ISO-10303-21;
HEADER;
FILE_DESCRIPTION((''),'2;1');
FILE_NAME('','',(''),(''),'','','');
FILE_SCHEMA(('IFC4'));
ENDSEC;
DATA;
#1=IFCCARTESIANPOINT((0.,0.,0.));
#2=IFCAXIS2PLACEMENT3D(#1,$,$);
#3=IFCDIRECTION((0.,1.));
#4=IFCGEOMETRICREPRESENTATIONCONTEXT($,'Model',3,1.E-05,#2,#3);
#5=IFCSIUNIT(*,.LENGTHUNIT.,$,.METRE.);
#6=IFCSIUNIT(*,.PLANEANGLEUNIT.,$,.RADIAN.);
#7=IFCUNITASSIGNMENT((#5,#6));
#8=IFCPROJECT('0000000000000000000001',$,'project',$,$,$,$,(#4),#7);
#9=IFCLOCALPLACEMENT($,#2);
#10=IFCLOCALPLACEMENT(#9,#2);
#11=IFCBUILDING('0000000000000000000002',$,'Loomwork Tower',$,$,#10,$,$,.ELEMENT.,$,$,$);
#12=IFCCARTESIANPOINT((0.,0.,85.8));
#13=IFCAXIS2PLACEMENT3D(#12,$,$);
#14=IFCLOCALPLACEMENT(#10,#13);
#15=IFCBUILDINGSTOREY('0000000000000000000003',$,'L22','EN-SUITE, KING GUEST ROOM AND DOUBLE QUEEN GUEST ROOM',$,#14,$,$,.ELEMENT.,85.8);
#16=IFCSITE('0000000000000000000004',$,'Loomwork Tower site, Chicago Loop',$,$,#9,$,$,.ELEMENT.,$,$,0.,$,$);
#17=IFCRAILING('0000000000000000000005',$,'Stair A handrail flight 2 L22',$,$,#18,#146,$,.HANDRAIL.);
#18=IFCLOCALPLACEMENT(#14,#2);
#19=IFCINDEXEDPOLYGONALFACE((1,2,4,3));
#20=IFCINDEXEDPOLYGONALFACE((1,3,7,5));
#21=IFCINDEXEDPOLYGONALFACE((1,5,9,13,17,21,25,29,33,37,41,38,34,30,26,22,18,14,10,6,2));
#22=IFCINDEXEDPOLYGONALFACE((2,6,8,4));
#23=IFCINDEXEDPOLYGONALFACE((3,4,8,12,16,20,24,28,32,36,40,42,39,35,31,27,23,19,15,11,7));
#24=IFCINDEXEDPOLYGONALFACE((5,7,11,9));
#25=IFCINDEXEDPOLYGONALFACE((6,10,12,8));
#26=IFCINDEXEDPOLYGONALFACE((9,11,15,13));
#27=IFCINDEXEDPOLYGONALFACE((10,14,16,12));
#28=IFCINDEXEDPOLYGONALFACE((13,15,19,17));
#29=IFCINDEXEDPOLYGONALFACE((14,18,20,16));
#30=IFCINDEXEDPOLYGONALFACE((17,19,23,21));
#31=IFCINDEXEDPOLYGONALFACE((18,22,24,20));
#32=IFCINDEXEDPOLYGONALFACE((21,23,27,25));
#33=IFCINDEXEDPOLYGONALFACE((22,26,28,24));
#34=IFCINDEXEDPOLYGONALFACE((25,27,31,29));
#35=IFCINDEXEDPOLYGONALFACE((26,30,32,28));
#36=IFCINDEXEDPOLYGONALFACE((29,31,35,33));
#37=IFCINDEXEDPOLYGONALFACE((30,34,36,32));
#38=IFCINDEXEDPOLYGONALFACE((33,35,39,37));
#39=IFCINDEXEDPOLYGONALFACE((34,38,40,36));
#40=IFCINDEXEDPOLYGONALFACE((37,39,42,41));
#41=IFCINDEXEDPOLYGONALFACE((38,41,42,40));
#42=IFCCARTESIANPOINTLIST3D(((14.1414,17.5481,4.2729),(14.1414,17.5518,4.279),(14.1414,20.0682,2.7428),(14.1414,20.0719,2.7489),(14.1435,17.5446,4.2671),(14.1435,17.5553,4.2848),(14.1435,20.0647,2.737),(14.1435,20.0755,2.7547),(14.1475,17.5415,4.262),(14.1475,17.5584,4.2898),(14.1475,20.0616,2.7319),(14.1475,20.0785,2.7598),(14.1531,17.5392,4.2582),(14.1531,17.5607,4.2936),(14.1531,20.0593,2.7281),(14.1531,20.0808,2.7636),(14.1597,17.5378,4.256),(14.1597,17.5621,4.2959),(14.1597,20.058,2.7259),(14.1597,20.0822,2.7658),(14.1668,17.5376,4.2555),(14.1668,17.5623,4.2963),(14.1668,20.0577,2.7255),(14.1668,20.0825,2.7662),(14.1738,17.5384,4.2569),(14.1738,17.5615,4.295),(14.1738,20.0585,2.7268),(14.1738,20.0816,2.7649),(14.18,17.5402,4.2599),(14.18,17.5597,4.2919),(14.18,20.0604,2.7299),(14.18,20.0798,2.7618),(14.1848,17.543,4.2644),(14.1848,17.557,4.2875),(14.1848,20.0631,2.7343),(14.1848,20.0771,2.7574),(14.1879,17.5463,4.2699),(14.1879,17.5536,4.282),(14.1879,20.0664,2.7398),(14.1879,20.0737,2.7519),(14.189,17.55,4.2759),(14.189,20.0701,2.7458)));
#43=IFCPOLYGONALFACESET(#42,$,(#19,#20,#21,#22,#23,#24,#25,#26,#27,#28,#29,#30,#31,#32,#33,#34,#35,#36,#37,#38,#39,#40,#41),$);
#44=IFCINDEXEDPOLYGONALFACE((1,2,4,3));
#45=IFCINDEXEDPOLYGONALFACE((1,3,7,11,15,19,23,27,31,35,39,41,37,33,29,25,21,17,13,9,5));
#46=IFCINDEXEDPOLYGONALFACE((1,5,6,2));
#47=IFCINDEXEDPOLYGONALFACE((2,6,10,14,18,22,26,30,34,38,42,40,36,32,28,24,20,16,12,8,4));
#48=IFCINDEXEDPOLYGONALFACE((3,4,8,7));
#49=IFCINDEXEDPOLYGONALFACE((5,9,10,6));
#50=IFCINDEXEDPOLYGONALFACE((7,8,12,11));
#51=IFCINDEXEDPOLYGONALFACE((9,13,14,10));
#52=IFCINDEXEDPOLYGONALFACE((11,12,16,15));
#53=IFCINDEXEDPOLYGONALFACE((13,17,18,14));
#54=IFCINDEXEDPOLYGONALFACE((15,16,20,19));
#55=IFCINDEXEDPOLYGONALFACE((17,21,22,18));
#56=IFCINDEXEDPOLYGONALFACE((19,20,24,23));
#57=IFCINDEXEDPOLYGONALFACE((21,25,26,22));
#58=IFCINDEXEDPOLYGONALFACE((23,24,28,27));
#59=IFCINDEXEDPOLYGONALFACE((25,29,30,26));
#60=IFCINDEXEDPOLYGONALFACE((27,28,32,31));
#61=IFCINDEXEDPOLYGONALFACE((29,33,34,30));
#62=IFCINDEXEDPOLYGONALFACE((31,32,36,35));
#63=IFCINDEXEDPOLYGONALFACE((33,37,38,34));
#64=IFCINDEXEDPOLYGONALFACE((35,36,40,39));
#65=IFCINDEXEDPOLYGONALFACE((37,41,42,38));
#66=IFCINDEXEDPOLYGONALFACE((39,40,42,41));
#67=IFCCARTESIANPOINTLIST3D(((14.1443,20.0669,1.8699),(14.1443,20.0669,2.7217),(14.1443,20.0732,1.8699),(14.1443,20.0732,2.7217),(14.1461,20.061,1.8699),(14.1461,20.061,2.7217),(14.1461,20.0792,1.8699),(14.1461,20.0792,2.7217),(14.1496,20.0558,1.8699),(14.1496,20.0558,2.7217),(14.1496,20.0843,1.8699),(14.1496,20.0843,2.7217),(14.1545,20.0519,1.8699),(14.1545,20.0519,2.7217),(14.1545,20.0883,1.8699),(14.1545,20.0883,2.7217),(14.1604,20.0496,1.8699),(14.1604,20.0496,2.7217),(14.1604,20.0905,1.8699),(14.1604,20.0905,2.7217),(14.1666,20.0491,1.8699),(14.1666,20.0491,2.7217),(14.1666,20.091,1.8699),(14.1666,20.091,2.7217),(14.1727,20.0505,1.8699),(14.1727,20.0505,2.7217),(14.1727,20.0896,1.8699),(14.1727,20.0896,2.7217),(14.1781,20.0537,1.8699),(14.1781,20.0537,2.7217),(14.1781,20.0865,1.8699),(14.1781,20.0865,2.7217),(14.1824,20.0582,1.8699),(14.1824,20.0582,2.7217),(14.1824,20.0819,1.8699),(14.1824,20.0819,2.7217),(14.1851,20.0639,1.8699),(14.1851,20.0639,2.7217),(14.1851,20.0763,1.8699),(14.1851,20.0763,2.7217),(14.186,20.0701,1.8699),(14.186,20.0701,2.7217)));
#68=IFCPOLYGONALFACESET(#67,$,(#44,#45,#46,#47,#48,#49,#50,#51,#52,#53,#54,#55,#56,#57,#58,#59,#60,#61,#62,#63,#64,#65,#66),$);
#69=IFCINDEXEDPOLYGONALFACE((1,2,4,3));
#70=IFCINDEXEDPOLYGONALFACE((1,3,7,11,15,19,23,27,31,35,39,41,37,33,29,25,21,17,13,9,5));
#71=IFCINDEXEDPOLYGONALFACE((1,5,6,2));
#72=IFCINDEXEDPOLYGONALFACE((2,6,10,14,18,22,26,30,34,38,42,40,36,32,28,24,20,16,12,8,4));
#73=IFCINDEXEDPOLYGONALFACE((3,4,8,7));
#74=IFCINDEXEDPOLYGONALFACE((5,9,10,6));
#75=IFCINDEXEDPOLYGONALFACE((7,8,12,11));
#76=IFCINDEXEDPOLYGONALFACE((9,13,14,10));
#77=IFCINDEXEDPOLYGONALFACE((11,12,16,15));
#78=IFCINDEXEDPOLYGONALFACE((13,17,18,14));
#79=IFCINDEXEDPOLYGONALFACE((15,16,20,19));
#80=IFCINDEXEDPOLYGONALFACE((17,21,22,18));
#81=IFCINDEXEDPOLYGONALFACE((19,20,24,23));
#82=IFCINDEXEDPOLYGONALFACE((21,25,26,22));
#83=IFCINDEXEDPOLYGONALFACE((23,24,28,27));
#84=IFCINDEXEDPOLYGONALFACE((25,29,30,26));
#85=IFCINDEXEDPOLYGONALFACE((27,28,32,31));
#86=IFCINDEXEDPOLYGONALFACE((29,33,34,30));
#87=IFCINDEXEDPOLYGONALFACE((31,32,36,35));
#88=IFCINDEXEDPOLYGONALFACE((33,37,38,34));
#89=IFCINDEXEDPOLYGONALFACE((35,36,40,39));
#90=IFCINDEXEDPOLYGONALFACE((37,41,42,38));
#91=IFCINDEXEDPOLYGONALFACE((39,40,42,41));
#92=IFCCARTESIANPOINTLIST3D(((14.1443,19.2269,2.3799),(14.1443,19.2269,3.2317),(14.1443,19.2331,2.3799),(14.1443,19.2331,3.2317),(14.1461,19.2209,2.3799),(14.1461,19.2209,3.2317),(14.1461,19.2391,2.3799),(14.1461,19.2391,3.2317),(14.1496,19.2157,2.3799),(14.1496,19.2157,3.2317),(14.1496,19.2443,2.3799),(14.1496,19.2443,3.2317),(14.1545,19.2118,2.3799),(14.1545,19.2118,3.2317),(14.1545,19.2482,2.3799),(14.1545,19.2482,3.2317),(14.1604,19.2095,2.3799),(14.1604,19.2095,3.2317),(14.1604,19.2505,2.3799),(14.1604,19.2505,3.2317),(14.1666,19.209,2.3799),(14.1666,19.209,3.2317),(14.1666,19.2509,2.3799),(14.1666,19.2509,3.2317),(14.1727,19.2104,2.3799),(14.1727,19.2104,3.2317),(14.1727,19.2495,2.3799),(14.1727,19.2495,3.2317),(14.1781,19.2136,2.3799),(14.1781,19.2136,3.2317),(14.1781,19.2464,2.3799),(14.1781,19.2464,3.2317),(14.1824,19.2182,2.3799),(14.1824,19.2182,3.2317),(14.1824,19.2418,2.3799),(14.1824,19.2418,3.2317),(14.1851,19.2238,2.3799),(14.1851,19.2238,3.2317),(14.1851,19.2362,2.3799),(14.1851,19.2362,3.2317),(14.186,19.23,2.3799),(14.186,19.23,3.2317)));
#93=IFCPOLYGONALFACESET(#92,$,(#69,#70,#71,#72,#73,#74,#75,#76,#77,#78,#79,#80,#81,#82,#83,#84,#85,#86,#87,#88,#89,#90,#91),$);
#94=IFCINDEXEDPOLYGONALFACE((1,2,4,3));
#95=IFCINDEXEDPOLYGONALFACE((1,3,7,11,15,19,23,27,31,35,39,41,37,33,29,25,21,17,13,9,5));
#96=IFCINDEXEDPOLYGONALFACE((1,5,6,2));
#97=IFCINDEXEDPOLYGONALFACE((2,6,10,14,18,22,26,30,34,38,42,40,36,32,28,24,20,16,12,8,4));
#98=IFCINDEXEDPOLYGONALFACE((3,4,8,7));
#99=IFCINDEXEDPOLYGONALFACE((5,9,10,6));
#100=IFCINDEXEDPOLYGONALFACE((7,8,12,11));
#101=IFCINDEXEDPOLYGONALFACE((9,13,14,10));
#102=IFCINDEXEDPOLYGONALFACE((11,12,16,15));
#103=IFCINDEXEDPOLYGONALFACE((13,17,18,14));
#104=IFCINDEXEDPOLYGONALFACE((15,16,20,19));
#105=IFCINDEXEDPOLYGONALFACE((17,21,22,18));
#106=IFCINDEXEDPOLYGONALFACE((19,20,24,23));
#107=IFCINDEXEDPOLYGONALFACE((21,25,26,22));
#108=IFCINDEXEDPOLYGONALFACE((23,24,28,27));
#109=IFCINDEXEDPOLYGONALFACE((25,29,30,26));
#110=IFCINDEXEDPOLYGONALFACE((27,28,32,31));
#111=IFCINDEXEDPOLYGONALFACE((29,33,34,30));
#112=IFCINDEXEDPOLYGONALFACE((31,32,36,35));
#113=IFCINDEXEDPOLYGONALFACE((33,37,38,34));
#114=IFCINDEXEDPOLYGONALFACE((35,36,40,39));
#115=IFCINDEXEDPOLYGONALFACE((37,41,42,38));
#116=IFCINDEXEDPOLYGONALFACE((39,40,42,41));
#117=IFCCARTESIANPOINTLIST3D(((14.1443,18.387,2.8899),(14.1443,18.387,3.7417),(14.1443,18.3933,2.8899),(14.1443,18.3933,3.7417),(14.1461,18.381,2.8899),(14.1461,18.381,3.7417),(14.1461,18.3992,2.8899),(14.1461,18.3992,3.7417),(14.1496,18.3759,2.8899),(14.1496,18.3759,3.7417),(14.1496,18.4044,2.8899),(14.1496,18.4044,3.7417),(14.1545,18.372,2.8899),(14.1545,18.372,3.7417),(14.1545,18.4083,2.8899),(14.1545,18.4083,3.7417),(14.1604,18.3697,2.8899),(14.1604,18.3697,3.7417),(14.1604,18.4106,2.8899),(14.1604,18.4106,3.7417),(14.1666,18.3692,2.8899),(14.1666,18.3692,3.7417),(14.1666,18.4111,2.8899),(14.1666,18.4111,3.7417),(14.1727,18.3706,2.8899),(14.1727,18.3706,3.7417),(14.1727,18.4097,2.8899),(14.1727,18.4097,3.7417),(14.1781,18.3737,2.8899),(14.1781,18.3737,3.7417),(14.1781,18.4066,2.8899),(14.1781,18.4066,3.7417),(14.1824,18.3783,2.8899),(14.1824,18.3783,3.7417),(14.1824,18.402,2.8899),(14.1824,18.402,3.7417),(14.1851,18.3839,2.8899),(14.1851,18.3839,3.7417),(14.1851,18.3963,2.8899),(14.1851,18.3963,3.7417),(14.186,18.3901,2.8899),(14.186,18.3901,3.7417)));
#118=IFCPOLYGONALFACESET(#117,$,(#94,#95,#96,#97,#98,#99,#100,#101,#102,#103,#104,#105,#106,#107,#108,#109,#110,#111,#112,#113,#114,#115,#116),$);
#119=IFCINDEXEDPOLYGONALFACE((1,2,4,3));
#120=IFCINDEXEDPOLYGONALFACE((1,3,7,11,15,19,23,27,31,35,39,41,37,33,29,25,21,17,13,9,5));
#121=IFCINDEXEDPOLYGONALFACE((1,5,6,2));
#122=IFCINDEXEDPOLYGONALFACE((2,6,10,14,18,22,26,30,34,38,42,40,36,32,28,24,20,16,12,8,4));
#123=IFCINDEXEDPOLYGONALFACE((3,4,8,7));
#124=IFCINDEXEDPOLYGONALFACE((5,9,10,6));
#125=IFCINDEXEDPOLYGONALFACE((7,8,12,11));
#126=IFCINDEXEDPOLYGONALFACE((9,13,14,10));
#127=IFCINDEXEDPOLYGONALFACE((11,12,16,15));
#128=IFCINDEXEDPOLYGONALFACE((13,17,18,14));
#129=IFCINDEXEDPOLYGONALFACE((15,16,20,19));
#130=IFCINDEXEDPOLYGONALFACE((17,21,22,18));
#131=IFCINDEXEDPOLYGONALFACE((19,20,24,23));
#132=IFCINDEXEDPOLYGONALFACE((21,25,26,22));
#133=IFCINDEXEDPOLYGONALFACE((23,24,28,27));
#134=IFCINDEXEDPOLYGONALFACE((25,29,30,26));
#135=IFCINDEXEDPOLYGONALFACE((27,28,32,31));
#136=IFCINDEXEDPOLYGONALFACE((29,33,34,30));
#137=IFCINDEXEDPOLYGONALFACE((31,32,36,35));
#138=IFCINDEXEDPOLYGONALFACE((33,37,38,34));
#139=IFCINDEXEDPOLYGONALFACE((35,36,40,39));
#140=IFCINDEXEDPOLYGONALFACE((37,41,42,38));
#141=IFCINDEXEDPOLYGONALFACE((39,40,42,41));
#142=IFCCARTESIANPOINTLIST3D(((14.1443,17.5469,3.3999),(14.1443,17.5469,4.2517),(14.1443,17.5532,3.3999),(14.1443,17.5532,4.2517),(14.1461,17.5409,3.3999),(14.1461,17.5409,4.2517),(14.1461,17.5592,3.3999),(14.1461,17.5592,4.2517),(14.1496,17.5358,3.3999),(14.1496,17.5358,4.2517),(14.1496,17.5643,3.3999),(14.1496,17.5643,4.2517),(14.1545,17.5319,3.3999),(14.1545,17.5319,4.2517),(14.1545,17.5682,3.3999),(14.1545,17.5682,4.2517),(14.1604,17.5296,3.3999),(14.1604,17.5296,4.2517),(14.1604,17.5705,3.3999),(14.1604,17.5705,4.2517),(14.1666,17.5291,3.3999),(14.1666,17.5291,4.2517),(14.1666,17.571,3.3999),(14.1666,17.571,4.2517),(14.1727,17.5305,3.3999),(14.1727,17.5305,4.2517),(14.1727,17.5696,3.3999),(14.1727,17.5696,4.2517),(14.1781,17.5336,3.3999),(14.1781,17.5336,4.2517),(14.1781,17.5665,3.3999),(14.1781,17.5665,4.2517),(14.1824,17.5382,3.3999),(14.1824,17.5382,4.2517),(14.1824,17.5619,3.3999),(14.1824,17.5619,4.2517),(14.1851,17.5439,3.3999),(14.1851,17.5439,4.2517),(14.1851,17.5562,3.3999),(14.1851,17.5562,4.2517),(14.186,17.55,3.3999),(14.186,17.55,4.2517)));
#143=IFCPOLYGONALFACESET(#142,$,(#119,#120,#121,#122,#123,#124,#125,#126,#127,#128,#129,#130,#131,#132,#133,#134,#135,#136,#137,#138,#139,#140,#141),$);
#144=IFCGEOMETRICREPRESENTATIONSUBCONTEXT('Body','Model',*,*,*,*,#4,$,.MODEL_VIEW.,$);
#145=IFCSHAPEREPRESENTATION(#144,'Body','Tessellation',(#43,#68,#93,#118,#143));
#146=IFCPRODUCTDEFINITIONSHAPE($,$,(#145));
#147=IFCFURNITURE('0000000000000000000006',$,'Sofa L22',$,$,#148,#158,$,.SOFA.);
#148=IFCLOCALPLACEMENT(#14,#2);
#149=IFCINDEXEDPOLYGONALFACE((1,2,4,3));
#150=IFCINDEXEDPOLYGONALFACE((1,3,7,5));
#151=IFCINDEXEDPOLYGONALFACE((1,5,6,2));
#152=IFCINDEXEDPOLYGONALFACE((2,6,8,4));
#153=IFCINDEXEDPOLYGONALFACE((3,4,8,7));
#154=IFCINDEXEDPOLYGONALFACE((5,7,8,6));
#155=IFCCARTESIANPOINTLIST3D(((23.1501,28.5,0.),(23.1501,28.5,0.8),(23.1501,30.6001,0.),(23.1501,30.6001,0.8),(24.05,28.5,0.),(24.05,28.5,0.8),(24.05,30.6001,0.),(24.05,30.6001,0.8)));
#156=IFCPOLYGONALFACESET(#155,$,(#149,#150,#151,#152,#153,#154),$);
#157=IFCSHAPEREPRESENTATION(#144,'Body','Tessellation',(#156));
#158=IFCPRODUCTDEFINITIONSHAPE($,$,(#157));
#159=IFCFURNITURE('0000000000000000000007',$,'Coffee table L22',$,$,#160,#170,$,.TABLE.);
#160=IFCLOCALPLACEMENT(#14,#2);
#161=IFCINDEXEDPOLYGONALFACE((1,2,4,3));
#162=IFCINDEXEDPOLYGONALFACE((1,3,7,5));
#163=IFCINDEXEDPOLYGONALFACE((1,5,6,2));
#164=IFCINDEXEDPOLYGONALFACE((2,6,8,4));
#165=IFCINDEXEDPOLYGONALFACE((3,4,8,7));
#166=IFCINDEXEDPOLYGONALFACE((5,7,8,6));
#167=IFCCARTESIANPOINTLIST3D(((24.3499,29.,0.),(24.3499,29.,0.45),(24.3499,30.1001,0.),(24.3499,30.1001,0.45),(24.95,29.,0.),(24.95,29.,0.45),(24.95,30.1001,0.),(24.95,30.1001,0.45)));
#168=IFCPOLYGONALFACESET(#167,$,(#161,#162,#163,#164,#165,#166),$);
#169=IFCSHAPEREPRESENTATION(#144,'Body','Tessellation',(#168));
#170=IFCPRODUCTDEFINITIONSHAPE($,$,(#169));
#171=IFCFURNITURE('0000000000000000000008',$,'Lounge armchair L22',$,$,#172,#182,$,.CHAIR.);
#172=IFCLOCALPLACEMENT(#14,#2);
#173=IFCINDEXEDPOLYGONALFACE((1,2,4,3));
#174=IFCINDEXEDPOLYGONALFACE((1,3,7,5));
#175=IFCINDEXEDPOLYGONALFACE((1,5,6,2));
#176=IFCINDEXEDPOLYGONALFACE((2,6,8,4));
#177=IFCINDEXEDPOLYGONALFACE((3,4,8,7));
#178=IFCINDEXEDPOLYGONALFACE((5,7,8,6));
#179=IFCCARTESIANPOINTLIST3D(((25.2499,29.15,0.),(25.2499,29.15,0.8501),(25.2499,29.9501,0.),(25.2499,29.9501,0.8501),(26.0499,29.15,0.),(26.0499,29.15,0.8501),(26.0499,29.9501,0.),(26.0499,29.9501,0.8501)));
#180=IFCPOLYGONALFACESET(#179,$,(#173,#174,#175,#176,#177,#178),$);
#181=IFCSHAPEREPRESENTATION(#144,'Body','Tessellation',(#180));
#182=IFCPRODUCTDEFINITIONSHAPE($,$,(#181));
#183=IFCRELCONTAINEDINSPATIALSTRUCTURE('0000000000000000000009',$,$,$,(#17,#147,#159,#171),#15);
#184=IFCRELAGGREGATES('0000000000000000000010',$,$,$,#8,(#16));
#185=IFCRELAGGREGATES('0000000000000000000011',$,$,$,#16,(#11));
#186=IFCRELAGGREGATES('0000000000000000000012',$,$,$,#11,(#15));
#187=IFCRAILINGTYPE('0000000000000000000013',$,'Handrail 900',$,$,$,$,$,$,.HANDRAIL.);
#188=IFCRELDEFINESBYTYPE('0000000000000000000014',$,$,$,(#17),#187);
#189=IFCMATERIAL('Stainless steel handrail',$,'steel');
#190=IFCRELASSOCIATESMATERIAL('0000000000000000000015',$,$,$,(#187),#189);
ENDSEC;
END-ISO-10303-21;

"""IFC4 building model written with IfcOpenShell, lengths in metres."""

from ifc_helpers import new_model, si_unit, direction, frame, origin, origin_2d, place, context, subcontext, project, spatial, rectangle, circle, extrude, material, type_object, element, save


model = new_model("IFC4")

# Units and contexts
model_context = context("Model", 3, precision=1e-05, world=origin(), true_north=direction((0.0, 1.0)))
body_context = subcontext(model_context, "Body", "Model", "MODEL_VIEW")
ifc_project = project(units=[si_unit("LENGTHUNIT", "METRE"), si_unit("PLANEANGLEUNIT", "RADIAN")], contexts=[model_context])

# Site, building, storey
site_placement = place(None, origin())
site = spatial("IfcSite", under=ifc_project, at=site_placement, Name="Loomwork Tower site, Chicago Loop", CompositionType="ELEMENT", RefElevation=0.0)
building_placement = place(site_placement, origin())
building = spatial("IfcBuilding", under=site, at=building_placement, Name="Loomwork Tower", CompositionType="ELEMENT")
storey_placement = place(building_placement, frame((0.0, 0.0, 85.8)))
storey = spatial("IfcBuildingStorey", under=building, at=storey_placement, Name="L22", Description="EN-SUITE, KING GUEST ROOM AND DOUBLE QUEEN GUEST ROOM", CompositionType="ELEMENT", Elevation=85.8)

# Railing
ifc_material_1 = material(Name="Stainless steel handrail", Category="steel")
railing_type = type_object("IfcRailingType", Name="Handrail 900", PredefinedType="HANDRAIL", material=ifc_material_1)
railing_placement = place(storey_placement, frame((14.165, 20.0701, 1.8699)))
element("IfcRailing", 1, at=railing_placement, inside=storey, type_object=railing_type, Name="Stair A handrail flight 2 L22", PredefinedType="HANDRAIL", context=body_context, shape_type="SweptSolid", body=[
    extrude(circle(Radius=0.0239, at=origin_2d()), frame((0.0, 0.0, 0.876), z_axis=(0.0, -0.854785, 0.518982), x_axis=(1.0, 0.0, 0.0)), (0.0, 0.0, 1.0), 2.9482),
    extrude(circle(Radius=0.021, at=origin_2d()), origin(), (0.0, 0.0, 1.0), 0.8518),
    extrude(circle(Radius=0.021, at=origin_2d()), frame((0.0, -0.8401, 0.51)), (0.0, 0.0, 1.0), 0.8518),
    extrude(circle(Radius=0.021, at=origin_2d()), frame((0.0, -1.6799, 1.02)), (0.0, 0.0, 1.0), 0.8518),
    extrude(circle(Radius=0.021, at=origin_2d()), frame((0.0, -2.52, 1.53)), (0.0, 0.0, 1.0), 0.8518),
])

# Furniture
furniture_1_placement = place(storey_placement, frame((23.6001, 29.55, 0.0), z_axis=(0.0, 0.0, 1.0), x_axis=(1.0, 0.0, 0.0)))
element("IfcFurniture", 2, at=furniture_1_placement, inside=storey, Name="Sofa L22", PredefinedType="SOFA", context=body_context, shape_type="SweptSolid", body=[
    extrude(rectangle(XDim=0.8999, YDim=2.1001, at=origin_2d()), origin(), (0.0, 0.0, 1.0), 0.8),
])
furniture_2_placement = place(storey_placement, frame((24.6499, 29.55, 0.0), z_axis=(0.0, 0.0, 1.0), x_axis=(1.0, 0.0, 0.0)))
element("IfcFurniture", 3, at=furniture_2_placement, inside=storey, Name="Coffee table L22", PredefinedType="TABLE", context=body_context, shape_type="SweptSolid", body=[
    extrude(rectangle(XDim=0.6001, YDim=1.1001, at=origin_2d()), origin(), (0.0, 0.0, 1.0), 0.45),
])
furniture_3_placement = place(storey_placement, frame((25.6499, 29.55, 0.0), z_axis=(0.0, 0.0, 1.0), x_axis=(1.0, 0.0, 0.0)))
element("IfcFurniture", 4, at=furniture_3_placement, inside=storey, Name="Lounge armchair L22", PredefinedType="CHAIR", context=body_context, shape_type="SweptSolid", body=[
    extrude(rectangle(XDim=0.8, YDim=0.8, at=origin_2d()), origin(), (0.0, 0.0, 1.0), 0.8501),
])

save(model, "model.ifc")
